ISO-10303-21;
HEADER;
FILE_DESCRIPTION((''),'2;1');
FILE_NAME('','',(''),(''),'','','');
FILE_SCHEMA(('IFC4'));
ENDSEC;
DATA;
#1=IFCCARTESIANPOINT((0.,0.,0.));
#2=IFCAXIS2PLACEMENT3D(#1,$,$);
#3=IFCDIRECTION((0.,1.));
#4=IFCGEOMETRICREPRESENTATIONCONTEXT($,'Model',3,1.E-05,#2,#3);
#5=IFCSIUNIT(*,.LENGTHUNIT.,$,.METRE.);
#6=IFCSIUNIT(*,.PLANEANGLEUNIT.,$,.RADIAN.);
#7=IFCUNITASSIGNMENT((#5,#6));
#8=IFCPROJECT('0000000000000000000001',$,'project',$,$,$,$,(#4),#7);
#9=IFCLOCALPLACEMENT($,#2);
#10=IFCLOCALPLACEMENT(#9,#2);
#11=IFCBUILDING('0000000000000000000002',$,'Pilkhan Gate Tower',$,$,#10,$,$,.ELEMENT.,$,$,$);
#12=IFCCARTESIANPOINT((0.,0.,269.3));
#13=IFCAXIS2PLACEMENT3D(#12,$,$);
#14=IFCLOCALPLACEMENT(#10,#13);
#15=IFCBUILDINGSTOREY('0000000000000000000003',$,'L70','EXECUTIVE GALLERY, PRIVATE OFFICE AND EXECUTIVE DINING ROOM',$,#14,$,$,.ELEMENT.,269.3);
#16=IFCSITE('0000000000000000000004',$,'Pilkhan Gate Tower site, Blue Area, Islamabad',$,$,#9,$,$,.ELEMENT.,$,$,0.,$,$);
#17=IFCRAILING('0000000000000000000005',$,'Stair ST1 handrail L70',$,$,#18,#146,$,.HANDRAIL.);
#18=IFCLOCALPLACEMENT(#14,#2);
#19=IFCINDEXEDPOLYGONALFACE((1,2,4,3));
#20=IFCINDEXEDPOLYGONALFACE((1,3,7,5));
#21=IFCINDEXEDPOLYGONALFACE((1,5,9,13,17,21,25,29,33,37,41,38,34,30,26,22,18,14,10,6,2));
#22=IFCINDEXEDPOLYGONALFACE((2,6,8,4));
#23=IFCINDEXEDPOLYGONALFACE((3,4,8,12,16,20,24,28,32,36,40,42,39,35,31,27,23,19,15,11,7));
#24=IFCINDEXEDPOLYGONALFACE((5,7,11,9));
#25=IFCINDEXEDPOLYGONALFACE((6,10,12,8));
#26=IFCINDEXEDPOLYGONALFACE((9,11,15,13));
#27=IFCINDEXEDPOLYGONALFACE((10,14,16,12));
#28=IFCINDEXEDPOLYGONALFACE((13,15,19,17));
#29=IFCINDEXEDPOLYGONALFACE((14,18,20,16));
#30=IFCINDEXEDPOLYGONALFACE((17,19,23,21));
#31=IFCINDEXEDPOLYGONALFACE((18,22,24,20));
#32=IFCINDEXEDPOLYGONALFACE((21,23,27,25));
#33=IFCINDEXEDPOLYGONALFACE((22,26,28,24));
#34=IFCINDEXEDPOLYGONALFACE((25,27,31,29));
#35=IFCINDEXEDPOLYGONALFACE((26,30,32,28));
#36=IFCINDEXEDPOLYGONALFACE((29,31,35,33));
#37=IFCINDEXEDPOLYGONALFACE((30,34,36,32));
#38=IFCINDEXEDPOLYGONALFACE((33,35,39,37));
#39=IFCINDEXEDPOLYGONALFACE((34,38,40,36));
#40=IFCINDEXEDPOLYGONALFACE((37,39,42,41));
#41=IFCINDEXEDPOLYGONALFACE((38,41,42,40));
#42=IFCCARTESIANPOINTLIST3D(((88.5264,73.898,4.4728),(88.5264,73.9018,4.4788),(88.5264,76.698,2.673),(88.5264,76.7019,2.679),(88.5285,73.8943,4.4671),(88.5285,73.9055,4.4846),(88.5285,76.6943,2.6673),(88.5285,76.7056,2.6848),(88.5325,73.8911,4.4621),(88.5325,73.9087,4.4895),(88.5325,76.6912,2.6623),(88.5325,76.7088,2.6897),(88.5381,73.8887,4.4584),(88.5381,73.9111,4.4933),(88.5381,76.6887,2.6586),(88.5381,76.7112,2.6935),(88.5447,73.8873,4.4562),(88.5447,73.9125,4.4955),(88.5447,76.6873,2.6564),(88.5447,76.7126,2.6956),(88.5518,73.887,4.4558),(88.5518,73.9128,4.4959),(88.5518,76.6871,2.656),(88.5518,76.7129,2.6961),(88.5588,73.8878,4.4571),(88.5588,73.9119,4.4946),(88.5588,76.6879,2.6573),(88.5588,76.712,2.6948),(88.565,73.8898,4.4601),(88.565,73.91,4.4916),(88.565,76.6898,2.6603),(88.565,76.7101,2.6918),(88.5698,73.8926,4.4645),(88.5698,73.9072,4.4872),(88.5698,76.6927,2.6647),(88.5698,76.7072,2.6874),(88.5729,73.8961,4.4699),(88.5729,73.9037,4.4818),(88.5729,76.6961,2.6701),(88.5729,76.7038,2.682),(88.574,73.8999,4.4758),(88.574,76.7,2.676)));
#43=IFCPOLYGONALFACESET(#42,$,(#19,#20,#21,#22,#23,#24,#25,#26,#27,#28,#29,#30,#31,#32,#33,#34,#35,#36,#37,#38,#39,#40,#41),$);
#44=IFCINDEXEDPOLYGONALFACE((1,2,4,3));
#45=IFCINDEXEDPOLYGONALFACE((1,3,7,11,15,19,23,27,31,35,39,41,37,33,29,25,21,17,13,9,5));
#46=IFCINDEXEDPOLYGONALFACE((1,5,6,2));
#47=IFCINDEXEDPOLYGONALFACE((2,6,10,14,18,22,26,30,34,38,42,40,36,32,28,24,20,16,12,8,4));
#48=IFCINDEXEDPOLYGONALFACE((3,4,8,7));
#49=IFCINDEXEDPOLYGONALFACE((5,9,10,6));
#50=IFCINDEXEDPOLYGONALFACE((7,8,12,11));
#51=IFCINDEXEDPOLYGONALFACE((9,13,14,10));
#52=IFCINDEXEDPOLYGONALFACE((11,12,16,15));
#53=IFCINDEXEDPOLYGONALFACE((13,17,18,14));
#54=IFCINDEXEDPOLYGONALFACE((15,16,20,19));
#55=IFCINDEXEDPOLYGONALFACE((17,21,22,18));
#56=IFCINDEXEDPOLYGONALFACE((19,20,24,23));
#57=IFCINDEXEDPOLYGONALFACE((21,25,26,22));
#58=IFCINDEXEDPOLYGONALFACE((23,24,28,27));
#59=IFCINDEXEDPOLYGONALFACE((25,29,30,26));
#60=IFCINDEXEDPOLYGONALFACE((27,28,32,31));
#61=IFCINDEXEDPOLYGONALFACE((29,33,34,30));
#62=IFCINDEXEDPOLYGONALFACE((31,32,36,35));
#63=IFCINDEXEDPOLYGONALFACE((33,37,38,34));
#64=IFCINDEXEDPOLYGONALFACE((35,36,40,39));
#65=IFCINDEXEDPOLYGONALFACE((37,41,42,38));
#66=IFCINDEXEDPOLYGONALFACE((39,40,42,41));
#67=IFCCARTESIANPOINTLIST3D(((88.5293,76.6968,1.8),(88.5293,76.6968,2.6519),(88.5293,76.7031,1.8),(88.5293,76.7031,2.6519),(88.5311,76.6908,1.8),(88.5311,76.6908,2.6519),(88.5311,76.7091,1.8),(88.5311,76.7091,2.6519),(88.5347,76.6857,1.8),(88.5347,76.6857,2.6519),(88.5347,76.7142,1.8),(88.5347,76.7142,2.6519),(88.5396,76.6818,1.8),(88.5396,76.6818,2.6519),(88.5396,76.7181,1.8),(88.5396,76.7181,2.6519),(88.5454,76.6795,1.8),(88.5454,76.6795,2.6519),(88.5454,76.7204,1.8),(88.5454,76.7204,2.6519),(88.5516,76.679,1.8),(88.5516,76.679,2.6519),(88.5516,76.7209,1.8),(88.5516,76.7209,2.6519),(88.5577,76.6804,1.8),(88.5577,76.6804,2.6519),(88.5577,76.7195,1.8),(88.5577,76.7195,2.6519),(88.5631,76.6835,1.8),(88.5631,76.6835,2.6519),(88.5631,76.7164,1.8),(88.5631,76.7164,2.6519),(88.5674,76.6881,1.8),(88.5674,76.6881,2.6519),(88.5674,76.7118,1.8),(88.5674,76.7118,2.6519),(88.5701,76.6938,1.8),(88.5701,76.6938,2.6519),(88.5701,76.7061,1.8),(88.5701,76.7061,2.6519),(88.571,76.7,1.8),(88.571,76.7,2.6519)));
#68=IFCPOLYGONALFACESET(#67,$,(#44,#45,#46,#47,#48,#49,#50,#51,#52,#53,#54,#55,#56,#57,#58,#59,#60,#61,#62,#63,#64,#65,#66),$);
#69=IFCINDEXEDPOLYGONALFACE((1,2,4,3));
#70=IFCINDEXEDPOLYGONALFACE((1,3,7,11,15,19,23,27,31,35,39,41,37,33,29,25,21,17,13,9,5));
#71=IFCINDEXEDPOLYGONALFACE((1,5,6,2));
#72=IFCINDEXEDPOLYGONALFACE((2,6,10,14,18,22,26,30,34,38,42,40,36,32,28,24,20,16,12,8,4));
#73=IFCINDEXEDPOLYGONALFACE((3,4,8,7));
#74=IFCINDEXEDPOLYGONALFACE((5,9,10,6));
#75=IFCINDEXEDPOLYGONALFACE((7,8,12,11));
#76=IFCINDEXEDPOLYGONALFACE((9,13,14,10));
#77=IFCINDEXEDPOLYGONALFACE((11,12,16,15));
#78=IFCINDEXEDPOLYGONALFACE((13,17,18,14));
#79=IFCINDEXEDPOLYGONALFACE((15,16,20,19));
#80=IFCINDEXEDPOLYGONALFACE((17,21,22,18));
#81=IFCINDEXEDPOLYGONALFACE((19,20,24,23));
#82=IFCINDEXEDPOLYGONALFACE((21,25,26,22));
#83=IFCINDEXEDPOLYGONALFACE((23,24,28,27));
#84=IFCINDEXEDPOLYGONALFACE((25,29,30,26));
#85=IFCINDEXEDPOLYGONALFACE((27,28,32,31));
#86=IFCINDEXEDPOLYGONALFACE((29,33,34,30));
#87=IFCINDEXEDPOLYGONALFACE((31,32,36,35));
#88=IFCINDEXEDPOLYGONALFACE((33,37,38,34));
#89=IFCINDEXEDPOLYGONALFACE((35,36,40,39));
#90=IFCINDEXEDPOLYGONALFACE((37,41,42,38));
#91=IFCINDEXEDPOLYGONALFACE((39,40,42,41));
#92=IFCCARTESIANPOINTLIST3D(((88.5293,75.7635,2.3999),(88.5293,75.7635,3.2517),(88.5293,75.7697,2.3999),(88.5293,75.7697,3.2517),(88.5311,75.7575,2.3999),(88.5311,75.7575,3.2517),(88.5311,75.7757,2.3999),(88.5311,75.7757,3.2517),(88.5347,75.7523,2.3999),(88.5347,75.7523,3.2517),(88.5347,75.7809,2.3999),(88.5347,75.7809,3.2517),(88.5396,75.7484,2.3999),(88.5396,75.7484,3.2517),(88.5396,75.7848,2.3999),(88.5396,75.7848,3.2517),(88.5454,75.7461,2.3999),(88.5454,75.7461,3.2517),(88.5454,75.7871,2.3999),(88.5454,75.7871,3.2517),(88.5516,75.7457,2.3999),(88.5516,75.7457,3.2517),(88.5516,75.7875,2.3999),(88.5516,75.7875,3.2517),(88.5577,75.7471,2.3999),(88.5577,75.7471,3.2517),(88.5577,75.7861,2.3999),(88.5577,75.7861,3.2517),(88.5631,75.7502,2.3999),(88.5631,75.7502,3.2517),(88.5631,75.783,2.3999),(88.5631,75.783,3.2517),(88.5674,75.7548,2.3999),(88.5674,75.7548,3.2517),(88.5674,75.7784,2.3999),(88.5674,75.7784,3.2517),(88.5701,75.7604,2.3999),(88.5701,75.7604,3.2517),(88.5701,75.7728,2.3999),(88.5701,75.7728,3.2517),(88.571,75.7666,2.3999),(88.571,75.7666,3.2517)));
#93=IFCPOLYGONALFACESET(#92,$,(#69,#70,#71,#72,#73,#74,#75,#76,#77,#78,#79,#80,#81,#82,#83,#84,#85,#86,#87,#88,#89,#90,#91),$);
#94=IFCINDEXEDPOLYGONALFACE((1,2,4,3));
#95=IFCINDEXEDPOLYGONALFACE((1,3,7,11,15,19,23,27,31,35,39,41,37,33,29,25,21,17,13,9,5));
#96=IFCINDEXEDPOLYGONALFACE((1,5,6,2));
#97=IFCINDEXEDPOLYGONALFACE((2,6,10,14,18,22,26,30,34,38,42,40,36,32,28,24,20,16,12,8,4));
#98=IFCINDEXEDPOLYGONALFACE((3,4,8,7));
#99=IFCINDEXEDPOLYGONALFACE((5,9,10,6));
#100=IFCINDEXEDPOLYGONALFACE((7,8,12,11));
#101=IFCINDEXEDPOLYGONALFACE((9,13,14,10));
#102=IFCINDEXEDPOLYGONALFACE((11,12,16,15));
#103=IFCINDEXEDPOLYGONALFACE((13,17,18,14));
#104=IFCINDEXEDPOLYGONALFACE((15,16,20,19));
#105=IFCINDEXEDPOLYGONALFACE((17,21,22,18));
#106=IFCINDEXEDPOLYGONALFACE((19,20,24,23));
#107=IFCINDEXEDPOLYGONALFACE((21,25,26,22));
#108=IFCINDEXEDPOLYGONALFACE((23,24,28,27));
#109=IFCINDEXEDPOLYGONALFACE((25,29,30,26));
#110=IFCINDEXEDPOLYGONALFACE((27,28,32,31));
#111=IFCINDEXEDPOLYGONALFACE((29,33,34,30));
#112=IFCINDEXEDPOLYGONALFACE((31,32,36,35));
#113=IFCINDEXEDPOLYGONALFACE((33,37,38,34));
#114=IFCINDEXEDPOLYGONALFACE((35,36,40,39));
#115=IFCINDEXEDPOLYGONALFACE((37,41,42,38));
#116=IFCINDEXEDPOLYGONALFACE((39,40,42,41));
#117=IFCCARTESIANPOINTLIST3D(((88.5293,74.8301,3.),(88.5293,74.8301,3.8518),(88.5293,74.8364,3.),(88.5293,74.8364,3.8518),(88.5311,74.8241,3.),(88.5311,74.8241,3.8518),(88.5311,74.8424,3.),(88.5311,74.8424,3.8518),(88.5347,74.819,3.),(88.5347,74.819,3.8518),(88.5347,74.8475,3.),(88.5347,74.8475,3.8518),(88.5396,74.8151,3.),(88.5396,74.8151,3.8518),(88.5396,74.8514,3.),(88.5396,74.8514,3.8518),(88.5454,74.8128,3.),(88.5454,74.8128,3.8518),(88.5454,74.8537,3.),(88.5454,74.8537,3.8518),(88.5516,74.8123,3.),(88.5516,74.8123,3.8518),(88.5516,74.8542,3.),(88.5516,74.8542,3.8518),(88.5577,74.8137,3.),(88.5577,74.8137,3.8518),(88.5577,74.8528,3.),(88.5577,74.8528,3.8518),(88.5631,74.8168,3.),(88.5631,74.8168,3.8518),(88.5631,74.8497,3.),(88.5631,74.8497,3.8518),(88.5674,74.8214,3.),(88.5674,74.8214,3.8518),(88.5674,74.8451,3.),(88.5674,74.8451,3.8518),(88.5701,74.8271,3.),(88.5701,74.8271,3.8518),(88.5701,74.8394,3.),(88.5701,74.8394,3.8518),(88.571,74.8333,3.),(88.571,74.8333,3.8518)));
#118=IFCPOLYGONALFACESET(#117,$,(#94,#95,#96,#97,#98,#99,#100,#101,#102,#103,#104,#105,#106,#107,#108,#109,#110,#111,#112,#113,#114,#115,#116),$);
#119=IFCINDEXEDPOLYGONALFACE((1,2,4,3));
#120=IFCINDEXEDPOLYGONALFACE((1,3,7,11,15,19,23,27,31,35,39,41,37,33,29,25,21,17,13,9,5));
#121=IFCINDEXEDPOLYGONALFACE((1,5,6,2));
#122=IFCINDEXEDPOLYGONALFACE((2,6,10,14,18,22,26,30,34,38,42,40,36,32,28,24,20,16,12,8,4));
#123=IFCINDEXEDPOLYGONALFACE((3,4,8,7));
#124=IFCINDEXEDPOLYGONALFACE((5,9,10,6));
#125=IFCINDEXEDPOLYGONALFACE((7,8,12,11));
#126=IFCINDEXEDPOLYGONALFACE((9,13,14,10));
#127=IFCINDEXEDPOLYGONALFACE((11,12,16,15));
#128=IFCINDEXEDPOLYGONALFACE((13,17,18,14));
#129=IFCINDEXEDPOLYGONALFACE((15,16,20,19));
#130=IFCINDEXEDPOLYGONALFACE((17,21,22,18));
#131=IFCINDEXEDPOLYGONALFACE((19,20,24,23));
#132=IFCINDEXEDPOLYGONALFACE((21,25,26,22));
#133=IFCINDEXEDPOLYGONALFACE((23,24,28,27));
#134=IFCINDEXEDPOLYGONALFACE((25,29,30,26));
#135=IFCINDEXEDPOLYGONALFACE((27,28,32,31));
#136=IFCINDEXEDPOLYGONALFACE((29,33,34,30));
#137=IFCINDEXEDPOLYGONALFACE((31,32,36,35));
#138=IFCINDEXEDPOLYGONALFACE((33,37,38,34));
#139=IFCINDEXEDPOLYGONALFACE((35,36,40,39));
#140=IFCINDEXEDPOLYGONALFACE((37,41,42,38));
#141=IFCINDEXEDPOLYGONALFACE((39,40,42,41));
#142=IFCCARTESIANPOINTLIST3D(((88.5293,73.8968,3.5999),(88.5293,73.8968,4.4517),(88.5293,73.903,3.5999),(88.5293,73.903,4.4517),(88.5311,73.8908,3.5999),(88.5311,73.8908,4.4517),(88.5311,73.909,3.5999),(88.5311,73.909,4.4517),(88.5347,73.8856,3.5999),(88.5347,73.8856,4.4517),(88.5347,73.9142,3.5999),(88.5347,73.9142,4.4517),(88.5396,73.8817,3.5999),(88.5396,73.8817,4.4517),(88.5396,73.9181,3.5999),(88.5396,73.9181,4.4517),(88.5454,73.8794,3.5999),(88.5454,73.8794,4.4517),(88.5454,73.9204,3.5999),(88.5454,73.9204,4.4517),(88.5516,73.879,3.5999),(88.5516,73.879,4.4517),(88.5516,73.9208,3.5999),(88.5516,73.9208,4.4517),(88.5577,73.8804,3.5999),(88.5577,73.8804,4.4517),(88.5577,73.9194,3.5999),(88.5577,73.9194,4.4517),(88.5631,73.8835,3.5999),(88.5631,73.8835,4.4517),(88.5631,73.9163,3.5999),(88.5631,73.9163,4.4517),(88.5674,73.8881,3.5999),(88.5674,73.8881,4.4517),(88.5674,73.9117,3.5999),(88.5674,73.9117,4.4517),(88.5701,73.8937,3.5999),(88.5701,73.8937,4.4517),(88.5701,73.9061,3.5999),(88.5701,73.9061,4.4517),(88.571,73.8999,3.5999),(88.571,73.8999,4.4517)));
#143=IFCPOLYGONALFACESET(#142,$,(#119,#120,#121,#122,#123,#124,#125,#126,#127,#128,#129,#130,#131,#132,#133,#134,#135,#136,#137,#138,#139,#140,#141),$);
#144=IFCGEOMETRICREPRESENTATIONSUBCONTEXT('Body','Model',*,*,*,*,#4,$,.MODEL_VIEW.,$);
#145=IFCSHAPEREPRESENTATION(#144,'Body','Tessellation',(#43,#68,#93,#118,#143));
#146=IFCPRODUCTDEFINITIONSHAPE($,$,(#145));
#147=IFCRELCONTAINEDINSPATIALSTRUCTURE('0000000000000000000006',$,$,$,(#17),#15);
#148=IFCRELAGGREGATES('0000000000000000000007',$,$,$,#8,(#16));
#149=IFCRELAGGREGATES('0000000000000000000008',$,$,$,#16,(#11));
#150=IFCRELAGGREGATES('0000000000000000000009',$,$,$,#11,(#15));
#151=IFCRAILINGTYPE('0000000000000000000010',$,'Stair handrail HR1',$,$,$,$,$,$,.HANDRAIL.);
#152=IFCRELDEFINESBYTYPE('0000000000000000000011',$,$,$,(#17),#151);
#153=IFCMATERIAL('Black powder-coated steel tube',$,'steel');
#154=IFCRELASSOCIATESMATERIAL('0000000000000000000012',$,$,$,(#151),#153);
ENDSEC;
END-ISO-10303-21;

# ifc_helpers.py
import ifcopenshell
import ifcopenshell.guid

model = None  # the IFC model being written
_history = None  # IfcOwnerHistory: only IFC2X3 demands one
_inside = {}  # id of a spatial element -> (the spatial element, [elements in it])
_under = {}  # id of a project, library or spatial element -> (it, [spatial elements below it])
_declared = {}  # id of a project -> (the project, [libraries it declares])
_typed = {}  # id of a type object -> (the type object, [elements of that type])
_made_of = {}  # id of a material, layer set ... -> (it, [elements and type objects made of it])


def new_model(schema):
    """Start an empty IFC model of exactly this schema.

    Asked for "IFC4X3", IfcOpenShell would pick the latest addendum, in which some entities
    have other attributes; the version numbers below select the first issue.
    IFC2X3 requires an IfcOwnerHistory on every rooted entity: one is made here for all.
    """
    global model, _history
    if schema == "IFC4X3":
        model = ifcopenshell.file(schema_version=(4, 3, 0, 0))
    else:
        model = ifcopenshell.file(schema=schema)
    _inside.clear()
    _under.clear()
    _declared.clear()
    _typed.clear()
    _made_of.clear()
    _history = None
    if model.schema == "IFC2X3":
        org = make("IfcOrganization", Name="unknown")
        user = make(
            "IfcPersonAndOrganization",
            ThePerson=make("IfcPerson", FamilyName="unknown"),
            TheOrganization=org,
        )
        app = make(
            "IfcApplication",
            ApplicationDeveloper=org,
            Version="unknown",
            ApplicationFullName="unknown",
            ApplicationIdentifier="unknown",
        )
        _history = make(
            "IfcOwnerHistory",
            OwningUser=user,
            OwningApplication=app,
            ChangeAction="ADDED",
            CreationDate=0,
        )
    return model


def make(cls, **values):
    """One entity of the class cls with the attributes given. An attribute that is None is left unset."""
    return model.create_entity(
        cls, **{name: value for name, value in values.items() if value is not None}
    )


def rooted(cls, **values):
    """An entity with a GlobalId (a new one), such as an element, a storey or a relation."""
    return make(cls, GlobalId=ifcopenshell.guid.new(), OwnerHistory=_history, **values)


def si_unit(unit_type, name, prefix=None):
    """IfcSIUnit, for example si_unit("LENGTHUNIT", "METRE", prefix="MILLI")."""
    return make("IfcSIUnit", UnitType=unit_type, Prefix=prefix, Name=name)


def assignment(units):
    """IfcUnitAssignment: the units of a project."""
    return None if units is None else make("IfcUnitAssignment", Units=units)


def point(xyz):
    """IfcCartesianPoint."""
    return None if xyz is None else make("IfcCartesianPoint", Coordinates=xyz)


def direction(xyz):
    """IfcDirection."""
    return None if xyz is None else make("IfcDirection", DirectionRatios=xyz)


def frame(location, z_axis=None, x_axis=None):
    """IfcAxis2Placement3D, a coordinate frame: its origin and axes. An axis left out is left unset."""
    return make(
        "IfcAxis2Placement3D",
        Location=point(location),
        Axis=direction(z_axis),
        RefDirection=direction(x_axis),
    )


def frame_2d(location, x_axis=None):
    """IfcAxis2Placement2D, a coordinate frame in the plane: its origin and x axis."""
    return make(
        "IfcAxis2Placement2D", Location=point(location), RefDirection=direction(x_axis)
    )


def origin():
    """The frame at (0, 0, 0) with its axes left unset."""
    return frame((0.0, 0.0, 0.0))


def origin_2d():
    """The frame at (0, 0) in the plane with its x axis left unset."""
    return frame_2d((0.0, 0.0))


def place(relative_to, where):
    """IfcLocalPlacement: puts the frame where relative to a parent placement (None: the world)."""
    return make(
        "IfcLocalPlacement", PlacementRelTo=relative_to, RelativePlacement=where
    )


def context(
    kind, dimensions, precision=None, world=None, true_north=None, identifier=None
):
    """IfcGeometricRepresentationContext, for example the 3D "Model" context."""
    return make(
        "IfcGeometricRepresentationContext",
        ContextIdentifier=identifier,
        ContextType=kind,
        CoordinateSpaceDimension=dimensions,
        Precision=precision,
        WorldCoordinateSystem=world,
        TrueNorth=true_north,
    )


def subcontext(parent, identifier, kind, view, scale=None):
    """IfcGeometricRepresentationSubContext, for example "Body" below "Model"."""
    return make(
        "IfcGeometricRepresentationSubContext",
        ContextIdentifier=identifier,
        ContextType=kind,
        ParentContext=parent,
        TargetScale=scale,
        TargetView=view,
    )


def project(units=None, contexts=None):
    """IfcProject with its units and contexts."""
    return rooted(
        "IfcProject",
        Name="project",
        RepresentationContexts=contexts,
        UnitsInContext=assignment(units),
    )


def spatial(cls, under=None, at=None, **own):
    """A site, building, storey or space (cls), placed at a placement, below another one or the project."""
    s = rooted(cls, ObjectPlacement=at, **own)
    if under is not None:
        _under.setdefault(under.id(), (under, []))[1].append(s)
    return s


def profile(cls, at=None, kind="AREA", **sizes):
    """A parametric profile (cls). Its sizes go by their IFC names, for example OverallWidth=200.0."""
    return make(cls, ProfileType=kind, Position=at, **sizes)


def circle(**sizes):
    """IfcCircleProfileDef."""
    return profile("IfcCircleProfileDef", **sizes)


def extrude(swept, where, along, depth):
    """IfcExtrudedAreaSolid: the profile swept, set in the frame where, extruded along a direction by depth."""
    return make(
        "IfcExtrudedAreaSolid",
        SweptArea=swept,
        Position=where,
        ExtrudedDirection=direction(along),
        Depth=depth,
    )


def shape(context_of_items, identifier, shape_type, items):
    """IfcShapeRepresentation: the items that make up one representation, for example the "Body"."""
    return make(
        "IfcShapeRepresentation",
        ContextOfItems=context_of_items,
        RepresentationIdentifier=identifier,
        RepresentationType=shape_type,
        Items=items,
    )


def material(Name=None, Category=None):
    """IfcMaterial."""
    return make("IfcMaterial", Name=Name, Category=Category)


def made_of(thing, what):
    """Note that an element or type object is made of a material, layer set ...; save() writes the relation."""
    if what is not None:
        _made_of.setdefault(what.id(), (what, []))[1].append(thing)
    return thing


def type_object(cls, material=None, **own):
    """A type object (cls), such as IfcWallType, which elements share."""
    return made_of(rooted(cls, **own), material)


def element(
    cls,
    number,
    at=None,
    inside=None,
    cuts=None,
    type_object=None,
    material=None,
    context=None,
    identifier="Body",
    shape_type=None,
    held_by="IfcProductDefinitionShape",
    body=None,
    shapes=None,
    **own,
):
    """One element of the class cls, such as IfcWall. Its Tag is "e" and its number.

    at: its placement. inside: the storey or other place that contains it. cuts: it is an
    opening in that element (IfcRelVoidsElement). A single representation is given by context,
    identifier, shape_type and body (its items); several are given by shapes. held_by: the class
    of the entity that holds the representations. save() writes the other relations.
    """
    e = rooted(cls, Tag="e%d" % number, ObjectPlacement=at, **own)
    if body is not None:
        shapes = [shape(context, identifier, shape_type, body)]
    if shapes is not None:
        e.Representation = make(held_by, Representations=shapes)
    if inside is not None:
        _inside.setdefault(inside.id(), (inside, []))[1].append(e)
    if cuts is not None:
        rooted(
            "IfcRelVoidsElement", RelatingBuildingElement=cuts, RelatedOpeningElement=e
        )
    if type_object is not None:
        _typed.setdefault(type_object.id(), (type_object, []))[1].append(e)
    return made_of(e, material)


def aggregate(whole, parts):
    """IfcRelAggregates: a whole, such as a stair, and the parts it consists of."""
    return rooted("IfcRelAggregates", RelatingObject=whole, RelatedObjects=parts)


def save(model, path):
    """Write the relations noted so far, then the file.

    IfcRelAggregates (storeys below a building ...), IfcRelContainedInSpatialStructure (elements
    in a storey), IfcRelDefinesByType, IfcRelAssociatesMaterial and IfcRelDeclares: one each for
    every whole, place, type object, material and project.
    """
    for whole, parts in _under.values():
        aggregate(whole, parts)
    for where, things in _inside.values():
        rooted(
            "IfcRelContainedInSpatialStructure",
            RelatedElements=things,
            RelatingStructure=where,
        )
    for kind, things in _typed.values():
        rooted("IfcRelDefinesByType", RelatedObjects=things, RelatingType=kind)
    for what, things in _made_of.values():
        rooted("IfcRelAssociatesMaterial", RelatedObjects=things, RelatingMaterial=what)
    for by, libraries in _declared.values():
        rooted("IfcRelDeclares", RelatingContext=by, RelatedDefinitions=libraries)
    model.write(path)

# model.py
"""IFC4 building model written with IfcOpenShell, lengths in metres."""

from ifc_helpers import new_model, si_unit, direction, frame, origin, origin_2d, place, context, subcontext, project, spatial, circle, extrude, material, type_object, element, save


model = new_model("IFC4")

# Units and contexts
model_context = context("Model", 3, precision=1e-05, world=origin(), true_north=direction((0.0, 1.0)))
body_context = subcontext(model_context, "Body", "Model", "MODEL_VIEW")
ifc_project = project(units=[si_unit("LENGTHUNIT", "METRE"), si_unit("PLANEANGLEUNIT", "RADIAN")], contexts=[model_context])

# Site, building, storey
site_placement = place(None, origin())
site = spatial("IfcSite", under=ifc_project, at=site_placement, Name="Pilkhan Gate Tower site, Blue Area, Islamabad", CompositionType="ELEMENT", RefElevation=0.0)
building_placement = place(site_placement, origin())
building = spatial("IfcBuilding", under=site, at=building_placement, Name="Pilkhan Gate Tower", CompositionType="ELEMENT")
storey_placement = place(building_placement, frame((0.0, 0.0, 269.3)))
storey = spatial("IfcBuildingStorey", under=building, at=storey_placement, Name="L70", Description="EXECUTIVE GALLERY, PRIVATE OFFICE AND EXECUTIVE DINING ROOM", CompositionType="ELEMENT", Elevation=269.3)

# Railing
ifc_material_1 = material(Name="Black powder-coated steel tube", Category="steel")
railing_type_1 = type_object("IfcRailingType", Name="Stair handrail HR1", PredefinedType="HANDRAIL", material=ifc_material_1)
railing_1_placement = place(storey_placement, frame((88.55, 76.7, 1.8)))
element("IfcRailing", 1, at=railing_1_placement, inside=storey, type_object=railing_type_1, Name="Stair ST1 handrail L70", PredefinedType="HANDRAIL", context=body_context, shape_type="SweptSolid", body=[
    extrude(circle(Radius=0.0239, at=origin_2d()), frame((0.0, 0.0, 0.876), z_axis=(0.0, -0.841209, 0.540709), x_axis=(1.0, 0.0, 0.0)), (0.0, 0.0, 1.0), 3.3286),
    extrude(circle(Radius=0.021, at=origin_2d()), origin(), (0.0, 0.0, 1.0), 0.8518),
    extrude(circle(Radius=0.021, at=origin_2d()), frame((0.0, -0.9333, 0.5999)), (0.0, 0.0, 1.0), 0.8518),
    extrude(circle(Radius=0.021, at=origin_2d()), frame((0.0, -1.8667, 1.2)), (0.0, 0.0, 1.0), 0.8518),
    extrude(circle(Radius=0.021, at=origin_2d()), frame((0.0, -2.8, 1.7998)), (0.0, 0.0, 1.0), 0.8518),
])

save(model, "model.ifc")
